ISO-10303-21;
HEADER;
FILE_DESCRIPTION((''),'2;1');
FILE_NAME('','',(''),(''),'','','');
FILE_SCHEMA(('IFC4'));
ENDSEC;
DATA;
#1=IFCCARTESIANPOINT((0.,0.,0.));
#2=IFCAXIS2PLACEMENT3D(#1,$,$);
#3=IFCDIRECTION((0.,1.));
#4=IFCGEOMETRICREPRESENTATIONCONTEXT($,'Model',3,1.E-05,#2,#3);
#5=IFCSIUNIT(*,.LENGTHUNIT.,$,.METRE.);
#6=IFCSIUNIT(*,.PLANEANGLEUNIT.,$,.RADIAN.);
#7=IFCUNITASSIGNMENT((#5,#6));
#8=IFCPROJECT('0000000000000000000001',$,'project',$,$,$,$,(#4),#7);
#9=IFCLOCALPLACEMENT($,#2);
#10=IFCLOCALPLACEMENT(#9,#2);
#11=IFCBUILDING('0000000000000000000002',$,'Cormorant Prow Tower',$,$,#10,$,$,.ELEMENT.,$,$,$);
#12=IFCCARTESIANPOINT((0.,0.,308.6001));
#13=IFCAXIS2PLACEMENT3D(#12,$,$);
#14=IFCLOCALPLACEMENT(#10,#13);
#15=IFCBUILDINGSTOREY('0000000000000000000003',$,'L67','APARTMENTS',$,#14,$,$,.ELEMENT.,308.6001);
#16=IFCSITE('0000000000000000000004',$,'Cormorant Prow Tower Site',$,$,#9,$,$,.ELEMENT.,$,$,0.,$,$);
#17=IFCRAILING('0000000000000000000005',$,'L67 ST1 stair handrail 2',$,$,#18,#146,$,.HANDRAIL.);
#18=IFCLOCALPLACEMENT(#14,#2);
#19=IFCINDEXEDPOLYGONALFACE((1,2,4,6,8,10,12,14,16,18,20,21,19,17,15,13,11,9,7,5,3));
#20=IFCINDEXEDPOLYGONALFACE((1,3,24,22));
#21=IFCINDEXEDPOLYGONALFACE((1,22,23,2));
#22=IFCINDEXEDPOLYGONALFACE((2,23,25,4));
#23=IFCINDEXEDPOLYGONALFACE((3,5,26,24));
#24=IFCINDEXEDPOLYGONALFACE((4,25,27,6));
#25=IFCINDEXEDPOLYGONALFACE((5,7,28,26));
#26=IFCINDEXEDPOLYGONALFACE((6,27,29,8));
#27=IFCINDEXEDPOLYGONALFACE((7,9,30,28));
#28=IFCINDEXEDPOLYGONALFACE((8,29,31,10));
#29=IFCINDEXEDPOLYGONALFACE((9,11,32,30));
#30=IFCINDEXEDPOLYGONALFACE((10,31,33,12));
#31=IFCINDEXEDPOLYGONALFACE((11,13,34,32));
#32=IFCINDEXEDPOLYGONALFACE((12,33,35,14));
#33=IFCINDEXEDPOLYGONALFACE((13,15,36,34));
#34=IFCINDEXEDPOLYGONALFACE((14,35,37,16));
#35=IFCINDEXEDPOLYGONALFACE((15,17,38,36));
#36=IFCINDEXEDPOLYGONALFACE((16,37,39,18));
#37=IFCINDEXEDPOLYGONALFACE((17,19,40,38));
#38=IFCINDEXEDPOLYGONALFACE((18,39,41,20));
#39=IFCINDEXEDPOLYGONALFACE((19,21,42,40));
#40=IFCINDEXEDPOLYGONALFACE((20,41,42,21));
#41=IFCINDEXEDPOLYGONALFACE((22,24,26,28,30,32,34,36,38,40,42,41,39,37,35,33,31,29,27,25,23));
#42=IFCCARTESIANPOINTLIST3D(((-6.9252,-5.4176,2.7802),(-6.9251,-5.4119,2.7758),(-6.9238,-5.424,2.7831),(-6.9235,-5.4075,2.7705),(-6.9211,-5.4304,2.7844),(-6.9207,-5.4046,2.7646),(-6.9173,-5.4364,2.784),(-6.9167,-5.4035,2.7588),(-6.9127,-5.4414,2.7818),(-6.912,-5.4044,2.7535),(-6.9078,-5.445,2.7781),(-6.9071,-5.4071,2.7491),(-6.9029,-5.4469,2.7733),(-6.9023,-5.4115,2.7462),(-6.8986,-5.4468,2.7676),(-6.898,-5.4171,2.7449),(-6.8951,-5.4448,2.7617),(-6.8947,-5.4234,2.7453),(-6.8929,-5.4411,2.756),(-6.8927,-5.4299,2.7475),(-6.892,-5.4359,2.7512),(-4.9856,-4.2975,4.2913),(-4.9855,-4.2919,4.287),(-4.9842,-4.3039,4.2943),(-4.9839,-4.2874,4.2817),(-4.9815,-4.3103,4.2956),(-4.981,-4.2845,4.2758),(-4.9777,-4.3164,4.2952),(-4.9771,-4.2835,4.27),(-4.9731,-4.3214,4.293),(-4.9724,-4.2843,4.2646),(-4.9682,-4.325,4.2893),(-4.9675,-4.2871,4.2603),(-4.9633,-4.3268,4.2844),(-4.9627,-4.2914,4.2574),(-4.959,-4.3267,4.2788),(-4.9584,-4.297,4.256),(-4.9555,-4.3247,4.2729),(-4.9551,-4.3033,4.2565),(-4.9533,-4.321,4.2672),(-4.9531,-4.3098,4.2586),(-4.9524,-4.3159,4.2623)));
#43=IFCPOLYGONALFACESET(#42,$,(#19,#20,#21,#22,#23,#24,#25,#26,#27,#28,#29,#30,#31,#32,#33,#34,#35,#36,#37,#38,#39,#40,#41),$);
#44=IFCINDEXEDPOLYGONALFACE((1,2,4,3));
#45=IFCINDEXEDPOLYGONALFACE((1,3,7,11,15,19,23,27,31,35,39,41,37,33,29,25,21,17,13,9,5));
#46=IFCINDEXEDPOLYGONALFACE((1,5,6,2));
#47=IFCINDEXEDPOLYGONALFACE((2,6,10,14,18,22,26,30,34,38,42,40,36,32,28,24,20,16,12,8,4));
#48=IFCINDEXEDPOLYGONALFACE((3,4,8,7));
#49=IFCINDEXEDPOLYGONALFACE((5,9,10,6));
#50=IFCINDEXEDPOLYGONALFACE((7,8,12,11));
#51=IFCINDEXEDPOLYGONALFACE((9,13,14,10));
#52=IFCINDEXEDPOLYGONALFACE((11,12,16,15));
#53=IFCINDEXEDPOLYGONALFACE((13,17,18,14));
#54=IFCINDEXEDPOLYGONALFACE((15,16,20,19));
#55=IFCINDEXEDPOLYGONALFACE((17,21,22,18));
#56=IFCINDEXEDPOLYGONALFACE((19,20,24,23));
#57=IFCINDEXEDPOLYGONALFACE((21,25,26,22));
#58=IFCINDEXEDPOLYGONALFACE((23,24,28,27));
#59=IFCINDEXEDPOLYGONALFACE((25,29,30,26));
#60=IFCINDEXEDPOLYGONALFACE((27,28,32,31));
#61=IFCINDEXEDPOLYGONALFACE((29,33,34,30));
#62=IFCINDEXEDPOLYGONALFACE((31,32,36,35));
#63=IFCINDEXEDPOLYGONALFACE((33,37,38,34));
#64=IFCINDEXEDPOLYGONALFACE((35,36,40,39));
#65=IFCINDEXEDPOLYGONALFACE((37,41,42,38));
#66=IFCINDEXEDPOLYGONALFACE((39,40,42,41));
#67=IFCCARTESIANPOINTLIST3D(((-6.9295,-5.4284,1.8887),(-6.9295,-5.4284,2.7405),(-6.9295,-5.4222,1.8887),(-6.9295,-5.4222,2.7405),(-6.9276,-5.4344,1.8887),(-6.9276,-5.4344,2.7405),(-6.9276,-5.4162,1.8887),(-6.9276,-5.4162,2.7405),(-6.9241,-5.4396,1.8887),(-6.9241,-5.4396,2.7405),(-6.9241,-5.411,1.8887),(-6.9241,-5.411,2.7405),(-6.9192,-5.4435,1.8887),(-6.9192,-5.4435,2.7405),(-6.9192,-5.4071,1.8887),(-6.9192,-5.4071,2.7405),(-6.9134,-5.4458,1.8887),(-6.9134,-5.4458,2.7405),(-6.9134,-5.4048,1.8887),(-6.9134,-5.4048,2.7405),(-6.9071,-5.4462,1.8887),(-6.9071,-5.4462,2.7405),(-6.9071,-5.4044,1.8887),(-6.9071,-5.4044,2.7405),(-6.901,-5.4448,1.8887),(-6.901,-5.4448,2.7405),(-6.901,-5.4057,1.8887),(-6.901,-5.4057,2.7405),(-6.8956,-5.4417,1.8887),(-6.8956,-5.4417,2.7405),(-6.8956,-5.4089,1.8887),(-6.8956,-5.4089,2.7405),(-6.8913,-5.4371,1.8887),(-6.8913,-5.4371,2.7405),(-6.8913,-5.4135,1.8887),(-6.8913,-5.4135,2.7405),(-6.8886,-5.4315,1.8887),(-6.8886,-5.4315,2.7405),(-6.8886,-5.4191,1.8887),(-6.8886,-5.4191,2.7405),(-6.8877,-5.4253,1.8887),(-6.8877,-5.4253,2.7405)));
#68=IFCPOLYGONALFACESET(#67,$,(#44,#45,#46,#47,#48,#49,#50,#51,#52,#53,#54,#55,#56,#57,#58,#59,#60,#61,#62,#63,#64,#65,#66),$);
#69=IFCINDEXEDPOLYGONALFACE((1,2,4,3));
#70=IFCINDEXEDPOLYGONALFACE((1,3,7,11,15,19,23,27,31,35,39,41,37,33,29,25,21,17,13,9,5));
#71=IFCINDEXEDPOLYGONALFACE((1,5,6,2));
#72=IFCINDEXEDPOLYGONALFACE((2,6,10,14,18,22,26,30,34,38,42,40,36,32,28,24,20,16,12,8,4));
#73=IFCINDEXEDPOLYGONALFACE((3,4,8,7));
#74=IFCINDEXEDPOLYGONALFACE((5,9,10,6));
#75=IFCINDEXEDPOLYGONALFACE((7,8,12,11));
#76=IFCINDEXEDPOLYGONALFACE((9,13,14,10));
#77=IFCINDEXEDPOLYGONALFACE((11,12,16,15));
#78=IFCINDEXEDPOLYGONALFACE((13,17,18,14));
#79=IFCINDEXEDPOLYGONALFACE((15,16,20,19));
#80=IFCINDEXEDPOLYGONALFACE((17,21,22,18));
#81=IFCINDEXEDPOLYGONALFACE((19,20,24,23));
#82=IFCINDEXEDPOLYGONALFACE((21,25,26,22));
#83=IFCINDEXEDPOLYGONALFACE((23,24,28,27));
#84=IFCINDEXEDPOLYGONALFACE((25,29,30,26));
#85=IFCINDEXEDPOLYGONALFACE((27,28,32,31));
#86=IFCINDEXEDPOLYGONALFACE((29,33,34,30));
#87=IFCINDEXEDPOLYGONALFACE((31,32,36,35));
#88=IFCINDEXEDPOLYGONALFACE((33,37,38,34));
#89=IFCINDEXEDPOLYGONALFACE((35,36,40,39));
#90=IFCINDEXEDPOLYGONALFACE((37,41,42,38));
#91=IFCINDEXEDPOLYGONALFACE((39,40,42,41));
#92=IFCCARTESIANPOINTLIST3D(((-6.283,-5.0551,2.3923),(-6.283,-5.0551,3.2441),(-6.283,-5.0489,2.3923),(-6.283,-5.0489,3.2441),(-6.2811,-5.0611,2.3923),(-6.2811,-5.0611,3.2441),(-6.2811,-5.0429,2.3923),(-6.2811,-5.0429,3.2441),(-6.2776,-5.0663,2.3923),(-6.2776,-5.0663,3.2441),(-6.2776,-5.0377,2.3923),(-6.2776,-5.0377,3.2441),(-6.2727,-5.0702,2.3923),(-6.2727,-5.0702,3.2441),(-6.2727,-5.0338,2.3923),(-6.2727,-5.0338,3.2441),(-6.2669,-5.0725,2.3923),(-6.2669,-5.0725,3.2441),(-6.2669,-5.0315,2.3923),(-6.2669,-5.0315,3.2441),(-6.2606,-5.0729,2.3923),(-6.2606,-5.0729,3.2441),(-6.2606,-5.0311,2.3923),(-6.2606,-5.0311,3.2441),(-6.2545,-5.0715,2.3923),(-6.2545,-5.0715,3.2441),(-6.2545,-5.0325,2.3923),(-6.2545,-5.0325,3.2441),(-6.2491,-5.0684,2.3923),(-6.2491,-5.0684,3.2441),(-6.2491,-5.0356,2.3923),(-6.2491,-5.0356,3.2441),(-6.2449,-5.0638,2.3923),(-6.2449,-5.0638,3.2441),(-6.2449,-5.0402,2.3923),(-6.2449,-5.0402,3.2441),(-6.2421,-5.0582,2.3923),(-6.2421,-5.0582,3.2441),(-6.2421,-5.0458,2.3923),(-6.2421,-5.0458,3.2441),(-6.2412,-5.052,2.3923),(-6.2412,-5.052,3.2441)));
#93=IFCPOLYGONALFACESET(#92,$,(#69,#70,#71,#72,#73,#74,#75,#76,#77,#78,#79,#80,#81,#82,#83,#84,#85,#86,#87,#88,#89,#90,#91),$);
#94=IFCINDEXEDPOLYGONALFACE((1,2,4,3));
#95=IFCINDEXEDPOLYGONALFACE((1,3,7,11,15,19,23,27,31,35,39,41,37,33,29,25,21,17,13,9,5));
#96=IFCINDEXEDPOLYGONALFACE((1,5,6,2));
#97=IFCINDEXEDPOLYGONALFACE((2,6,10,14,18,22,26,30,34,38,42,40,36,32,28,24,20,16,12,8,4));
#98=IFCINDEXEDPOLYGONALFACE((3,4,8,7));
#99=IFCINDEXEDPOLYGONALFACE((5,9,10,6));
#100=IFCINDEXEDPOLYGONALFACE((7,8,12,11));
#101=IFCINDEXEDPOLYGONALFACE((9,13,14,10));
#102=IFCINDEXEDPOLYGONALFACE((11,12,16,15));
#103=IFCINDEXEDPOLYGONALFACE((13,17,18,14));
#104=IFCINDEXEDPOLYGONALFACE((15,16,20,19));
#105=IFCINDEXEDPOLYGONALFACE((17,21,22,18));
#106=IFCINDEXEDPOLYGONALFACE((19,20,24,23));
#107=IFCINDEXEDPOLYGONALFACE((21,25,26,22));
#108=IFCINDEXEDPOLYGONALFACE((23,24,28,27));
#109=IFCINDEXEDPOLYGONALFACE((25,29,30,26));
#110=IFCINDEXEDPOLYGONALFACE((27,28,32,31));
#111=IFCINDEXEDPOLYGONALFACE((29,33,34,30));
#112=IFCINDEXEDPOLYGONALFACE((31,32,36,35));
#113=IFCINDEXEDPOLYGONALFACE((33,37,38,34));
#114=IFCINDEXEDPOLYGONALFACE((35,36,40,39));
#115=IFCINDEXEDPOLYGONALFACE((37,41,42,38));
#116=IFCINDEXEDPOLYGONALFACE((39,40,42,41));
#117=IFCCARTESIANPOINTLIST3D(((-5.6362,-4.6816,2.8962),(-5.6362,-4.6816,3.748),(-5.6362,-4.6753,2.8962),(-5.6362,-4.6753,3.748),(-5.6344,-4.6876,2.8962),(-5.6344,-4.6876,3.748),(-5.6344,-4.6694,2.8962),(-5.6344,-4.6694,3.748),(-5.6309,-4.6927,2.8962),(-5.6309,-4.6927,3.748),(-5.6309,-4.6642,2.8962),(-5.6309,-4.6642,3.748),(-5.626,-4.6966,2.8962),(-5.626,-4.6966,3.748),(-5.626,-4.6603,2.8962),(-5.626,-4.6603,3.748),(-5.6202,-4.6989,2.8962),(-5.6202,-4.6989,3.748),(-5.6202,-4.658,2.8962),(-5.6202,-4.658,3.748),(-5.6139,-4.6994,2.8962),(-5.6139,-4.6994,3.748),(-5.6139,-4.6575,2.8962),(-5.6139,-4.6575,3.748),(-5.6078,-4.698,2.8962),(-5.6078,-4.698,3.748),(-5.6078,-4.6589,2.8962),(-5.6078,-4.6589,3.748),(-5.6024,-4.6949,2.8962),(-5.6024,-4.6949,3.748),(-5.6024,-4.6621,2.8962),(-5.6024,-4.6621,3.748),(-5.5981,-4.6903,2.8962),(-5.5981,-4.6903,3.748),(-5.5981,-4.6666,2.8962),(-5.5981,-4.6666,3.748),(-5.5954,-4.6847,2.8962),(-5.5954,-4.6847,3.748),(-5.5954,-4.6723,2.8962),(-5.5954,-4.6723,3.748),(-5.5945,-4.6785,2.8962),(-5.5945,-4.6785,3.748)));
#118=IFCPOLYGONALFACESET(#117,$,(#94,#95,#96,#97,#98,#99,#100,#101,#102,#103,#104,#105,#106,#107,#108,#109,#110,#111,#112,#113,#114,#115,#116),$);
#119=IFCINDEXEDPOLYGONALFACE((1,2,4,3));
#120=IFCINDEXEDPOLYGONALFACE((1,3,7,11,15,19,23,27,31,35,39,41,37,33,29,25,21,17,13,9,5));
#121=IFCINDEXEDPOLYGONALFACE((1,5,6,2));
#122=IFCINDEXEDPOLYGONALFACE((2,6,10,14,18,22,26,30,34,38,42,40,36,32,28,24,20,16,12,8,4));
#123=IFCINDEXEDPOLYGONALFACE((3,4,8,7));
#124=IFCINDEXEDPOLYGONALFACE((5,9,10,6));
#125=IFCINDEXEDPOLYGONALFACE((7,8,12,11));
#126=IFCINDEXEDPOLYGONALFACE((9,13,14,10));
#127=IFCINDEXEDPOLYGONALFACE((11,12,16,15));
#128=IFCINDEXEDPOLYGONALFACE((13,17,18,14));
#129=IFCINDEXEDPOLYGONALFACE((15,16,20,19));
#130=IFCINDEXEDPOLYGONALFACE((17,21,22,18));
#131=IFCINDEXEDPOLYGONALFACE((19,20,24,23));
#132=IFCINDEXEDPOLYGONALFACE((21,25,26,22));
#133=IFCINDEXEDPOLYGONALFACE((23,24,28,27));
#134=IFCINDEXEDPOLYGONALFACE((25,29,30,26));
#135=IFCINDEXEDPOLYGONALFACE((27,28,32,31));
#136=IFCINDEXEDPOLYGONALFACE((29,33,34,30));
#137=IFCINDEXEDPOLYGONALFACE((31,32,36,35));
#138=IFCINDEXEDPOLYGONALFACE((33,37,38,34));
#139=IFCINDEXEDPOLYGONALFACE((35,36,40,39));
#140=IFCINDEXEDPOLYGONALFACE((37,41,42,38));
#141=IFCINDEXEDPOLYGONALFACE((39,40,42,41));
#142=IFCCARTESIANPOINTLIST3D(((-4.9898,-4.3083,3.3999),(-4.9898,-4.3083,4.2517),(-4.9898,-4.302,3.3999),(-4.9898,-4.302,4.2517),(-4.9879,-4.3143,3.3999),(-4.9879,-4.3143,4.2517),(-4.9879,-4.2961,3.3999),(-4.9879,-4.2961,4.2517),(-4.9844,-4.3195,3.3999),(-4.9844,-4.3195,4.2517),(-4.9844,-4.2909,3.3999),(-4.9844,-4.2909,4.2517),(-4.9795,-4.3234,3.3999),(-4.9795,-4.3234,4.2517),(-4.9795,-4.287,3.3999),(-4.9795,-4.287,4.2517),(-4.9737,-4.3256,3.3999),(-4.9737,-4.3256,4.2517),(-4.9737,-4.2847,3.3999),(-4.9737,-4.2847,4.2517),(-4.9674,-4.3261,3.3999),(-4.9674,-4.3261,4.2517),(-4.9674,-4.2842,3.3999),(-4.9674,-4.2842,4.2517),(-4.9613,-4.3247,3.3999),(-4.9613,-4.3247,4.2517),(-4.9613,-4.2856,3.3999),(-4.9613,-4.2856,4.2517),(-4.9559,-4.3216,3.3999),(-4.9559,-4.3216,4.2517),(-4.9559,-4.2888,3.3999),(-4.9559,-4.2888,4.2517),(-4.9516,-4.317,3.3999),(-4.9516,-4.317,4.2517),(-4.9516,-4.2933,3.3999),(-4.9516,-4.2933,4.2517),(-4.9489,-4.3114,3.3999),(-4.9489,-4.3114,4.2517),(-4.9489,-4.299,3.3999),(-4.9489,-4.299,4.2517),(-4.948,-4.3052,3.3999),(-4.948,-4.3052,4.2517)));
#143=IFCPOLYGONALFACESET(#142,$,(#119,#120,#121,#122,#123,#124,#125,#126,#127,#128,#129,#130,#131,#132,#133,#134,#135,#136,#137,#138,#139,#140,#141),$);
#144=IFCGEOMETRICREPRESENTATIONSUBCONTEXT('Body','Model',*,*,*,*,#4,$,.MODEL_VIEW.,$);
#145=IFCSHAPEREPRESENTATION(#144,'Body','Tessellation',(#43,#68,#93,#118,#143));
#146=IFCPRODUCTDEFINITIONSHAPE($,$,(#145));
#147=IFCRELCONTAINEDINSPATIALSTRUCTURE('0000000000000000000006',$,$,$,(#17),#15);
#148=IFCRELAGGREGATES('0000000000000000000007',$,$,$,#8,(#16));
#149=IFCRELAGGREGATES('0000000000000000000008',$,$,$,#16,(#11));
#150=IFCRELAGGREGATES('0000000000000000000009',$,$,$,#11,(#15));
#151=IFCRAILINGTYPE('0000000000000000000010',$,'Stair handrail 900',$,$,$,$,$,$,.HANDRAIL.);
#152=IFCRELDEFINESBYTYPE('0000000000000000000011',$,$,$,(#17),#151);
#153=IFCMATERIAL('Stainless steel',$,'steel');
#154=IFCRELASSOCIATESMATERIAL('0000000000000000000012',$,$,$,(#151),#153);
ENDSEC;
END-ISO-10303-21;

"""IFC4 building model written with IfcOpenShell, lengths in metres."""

from ifc_helpers import new_model, si_unit, direction, frame, origin, origin_2d, place, context, subcontext, project, spatial, circle, extrude, material, type_object, element, save


model = new_model("IFC4")

# Units and contexts
model_context = context("Model", 3, precision=1e-05, world=origin(), true_north=direction((0.0, 1.0)))
body_context = subcontext(model_context, "Body", "Model", "MODEL_VIEW")
ifc_project = project(units=[si_unit("LENGTHUNIT", "METRE"), si_unit("PLANEANGLEUNIT", "RADIAN")], contexts=[model_context])

# Site, building, storey
site_placement = place(None, origin())
site = spatial("IfcSite", under=ifc_project, at=site_placement, Name="Cormorant Prow Tower Site", CompositionType="ELEMENT", RefElevation=0.0)
building_placement = place(site_placement, origin())
building = spatial("IfcBuilding", under=site, at=building_placement, Name="Cormorant Prow Tower", CompositionType="ELEMENT")
storey_placement = place(building_placement, frame((0.0, 0.0, 308.6001)))
storey = spatial("IfcBuildingStorey", under=building, at=storey_placement, Name="L67", Description="APARTMENTS", CompositionType="ELEMENT", Elevation=308.6001)

# Railing
ifc_material_1 = material(Name="Stainless steel", Category="steel")
railing_type_1 = type_object("IfcRailingType", Name="Stair handrail 900", PredefinedType="HANDRAIL", material=ifc_material_1)
railing_1_placement = place(storey_placement, frame((-6.9087, -5.4253, 1.8887)))
element("IfcRailing", 1, at=railing_1_placement, inside=storey, type_object=railing_type_1, Name="L67 ST1 stair handrail 2", PredefinedType="HANDRAIL", context=body_context, shape_type="SweptSolid", body=[
    extrude(circle(Radius=0.0239, at=origin_2d()), frame((0.0, 0.0, 0.876), z_axis=(0.71787, 0.414548, 0.559297), x_axis=(-0.500078, 0.86598, 0.0)), (0.0, 0.0, 1.0), 2.7019),
    extrude(circle(Radius=0.021, at=origin_2d()), origin(), (0.0, 0.0, 1.0), 0.8518),
    extrude(circle(Radius=0.021, at=origin_2d()), frame((0.6465, 0.3733, 0.5037)), (0.0, 0.0, 1.0), 0.8518),
    extrude(circle(Radius=0.021, at=origin_2d()), frame((1.2932, 0.7468, 1.0076)), (0.0, 0.0, 1.0), 0.8518),
    extrude(circle(Radius=0.021, at=origin_2d()), frame((1.9397, 1.1201, 1.5112)), (0.0, 0.0, 1.0), 0.8518),
])

save(model, "model.ifc")
